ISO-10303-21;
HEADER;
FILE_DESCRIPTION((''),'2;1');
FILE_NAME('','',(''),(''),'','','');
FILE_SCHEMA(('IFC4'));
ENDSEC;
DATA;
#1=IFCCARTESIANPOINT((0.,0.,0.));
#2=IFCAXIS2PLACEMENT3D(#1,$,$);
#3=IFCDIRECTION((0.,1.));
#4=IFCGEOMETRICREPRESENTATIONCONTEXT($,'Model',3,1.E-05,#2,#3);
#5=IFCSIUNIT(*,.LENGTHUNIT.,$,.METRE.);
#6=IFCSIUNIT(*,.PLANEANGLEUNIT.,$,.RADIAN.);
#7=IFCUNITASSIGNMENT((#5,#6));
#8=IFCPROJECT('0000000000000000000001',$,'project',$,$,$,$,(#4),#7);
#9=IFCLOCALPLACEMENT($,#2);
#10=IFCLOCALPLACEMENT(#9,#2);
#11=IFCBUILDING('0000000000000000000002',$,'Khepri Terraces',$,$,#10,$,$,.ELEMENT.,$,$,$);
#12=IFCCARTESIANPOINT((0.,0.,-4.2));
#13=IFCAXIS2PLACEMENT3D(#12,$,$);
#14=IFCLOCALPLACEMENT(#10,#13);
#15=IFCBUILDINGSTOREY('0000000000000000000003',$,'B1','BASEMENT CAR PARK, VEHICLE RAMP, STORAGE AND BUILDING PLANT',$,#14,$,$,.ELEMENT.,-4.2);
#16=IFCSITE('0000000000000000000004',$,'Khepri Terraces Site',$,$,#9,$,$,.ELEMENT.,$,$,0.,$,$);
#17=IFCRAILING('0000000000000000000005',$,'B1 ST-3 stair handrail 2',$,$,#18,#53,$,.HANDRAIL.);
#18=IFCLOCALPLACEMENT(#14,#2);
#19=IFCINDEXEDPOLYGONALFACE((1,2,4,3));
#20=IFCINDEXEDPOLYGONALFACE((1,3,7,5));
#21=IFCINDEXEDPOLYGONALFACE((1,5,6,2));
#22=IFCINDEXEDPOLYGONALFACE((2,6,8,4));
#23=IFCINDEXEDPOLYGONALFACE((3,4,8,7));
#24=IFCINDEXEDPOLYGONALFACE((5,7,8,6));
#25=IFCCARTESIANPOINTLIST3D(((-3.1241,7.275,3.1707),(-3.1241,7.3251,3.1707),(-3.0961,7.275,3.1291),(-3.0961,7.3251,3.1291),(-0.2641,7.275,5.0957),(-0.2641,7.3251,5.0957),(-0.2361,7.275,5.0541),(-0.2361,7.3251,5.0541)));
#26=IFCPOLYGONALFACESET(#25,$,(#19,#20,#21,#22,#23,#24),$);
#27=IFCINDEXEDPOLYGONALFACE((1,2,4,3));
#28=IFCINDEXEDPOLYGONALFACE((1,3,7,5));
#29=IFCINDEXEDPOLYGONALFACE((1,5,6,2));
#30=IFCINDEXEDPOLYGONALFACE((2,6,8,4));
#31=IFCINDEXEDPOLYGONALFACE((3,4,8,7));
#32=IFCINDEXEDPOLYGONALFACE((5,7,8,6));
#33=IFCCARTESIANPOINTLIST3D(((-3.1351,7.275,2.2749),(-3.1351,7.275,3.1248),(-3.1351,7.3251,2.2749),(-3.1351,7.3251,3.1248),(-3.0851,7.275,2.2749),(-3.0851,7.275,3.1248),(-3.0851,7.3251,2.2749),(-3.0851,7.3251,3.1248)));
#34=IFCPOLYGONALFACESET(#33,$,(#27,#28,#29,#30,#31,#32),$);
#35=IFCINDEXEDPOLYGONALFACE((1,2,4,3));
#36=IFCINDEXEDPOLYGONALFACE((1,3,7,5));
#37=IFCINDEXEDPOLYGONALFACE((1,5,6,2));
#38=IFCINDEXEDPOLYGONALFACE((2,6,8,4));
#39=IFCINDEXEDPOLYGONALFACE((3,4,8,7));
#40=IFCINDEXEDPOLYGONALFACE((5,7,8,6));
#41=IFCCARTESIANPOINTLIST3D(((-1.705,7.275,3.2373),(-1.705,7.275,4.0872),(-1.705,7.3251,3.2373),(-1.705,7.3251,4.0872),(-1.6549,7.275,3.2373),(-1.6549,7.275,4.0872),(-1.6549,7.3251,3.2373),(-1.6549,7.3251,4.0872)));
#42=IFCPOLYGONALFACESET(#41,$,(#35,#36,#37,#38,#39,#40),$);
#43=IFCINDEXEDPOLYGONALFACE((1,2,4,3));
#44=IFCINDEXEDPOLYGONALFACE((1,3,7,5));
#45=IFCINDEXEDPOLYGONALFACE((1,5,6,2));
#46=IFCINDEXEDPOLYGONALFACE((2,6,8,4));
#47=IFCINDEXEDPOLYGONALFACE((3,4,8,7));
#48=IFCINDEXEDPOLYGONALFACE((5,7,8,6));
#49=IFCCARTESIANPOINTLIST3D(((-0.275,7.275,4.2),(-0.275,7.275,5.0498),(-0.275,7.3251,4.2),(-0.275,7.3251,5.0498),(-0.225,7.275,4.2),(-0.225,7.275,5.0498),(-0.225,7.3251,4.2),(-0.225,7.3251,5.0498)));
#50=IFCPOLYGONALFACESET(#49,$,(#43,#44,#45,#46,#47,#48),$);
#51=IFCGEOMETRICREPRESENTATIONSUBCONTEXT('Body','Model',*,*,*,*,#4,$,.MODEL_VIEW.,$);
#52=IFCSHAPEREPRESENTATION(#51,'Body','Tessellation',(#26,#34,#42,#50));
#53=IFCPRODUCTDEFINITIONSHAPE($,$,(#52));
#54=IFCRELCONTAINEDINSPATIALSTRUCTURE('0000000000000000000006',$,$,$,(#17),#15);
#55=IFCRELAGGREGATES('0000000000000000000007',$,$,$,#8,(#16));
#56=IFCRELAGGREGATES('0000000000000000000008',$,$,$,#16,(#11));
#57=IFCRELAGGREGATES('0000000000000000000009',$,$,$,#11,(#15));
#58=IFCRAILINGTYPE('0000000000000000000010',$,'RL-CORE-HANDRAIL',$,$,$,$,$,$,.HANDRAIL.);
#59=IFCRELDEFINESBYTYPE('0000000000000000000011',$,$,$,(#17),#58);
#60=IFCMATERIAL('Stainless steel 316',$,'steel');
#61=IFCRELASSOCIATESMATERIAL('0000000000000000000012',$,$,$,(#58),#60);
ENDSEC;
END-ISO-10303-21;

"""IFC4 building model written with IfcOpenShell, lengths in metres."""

from ifc_helpers import new_model, si_unit, direction, frame, origin, origin_2d, place, context, subcontext, project, spatial, rectangle, extrude, material, type_object, element, save


model = new_model("IFC4")

# Units and contexts
model_context = context("Model", 3, precision=1e-05, world=origin(), true_north=direction((0.0, 1.0)))
body_context = subcontext(model_context, "Body", "Model", "MODEL_VIEW")
ifc_project = project(units=[si_unit("LENGTHUNIT", "METRE"), si_unit("PLANEANGLEUNIT", "RADIAN")], contexts=[model_context])

# Site, building, storey
site_placement = place(None, origin())
site = spatial("IfcSite", under=ifc_project, at=site_placement, Name="Khepri Terraces Site", CompositionType="ELEMENT", RefElevation=0.0)
building_placement = place(site_placement, origin())
building = spatial("IfcBuilding", under=site, at=building_placement, Name="Khepri Terraces", CompositionType="ELEMENT")
storey_placement = place(building_placement, frame((0.0, 0.0, -4.2)))
storey = spatial("IfcBuildingStorey", under=building, at=storey_placement, Name="B1", Description="BASEMENT CAR PARK, VEHICLE RAMP, STORAGE AND BUILDING PLANT", CompositionType="ELEMENT", Elevation=-4.2)

# Railing
ifc_material_1 = material(Name="Stainless steel 316", Category="steel")
railing_type_1 = type_object("IfcRailingType", Name="RL-CORE-HANDRAIL", PredefinedType="HANDRAIL", material=ifc_material_1)
railing_1_placement = place(storey_placement, frame((-3.1101, 7.3, 2.2749)))
element("IfcRailing", 1, at=railing_1_placement, inside=storey, type_object=railing_type_1, Name="B1 ST-3 stair handrail 2", PredefinedType="HANDRAIL", context=body_context, shape_type="SweptSolid", body=[
    extrude(rectangle(XDim=0.05, YDim=0.05, at=origin_2d()), frame((0.0, 0.0, 0.875), z_axis=(0.829591, 0.0, 0.558372), x_axis=(0.0, 1.0, 0.0)), (0.0, 0.0, 1.0), 3.4475),
    extrude(rectangle(XDim=0.05, YDim=0.05, at=origin_2d()), origin(), (0.0, 0.0, 1.0), 0.8499),
    extrude(rectangle(XDim=0.05, YDim=0.05, at=origin_2d()), frame((1.4302, 0.0, 0.9624)), (0.0, 0.0, 1.0), 0.8499),
    extrude(rectangle(XDim=0.05, YDim=0.05, at=origin_2d()), frame((2.8601, 0.0, 1.925)), (0.0, 0.0, 1.0), 0.8499),
])

save(model, "model.ifc")
